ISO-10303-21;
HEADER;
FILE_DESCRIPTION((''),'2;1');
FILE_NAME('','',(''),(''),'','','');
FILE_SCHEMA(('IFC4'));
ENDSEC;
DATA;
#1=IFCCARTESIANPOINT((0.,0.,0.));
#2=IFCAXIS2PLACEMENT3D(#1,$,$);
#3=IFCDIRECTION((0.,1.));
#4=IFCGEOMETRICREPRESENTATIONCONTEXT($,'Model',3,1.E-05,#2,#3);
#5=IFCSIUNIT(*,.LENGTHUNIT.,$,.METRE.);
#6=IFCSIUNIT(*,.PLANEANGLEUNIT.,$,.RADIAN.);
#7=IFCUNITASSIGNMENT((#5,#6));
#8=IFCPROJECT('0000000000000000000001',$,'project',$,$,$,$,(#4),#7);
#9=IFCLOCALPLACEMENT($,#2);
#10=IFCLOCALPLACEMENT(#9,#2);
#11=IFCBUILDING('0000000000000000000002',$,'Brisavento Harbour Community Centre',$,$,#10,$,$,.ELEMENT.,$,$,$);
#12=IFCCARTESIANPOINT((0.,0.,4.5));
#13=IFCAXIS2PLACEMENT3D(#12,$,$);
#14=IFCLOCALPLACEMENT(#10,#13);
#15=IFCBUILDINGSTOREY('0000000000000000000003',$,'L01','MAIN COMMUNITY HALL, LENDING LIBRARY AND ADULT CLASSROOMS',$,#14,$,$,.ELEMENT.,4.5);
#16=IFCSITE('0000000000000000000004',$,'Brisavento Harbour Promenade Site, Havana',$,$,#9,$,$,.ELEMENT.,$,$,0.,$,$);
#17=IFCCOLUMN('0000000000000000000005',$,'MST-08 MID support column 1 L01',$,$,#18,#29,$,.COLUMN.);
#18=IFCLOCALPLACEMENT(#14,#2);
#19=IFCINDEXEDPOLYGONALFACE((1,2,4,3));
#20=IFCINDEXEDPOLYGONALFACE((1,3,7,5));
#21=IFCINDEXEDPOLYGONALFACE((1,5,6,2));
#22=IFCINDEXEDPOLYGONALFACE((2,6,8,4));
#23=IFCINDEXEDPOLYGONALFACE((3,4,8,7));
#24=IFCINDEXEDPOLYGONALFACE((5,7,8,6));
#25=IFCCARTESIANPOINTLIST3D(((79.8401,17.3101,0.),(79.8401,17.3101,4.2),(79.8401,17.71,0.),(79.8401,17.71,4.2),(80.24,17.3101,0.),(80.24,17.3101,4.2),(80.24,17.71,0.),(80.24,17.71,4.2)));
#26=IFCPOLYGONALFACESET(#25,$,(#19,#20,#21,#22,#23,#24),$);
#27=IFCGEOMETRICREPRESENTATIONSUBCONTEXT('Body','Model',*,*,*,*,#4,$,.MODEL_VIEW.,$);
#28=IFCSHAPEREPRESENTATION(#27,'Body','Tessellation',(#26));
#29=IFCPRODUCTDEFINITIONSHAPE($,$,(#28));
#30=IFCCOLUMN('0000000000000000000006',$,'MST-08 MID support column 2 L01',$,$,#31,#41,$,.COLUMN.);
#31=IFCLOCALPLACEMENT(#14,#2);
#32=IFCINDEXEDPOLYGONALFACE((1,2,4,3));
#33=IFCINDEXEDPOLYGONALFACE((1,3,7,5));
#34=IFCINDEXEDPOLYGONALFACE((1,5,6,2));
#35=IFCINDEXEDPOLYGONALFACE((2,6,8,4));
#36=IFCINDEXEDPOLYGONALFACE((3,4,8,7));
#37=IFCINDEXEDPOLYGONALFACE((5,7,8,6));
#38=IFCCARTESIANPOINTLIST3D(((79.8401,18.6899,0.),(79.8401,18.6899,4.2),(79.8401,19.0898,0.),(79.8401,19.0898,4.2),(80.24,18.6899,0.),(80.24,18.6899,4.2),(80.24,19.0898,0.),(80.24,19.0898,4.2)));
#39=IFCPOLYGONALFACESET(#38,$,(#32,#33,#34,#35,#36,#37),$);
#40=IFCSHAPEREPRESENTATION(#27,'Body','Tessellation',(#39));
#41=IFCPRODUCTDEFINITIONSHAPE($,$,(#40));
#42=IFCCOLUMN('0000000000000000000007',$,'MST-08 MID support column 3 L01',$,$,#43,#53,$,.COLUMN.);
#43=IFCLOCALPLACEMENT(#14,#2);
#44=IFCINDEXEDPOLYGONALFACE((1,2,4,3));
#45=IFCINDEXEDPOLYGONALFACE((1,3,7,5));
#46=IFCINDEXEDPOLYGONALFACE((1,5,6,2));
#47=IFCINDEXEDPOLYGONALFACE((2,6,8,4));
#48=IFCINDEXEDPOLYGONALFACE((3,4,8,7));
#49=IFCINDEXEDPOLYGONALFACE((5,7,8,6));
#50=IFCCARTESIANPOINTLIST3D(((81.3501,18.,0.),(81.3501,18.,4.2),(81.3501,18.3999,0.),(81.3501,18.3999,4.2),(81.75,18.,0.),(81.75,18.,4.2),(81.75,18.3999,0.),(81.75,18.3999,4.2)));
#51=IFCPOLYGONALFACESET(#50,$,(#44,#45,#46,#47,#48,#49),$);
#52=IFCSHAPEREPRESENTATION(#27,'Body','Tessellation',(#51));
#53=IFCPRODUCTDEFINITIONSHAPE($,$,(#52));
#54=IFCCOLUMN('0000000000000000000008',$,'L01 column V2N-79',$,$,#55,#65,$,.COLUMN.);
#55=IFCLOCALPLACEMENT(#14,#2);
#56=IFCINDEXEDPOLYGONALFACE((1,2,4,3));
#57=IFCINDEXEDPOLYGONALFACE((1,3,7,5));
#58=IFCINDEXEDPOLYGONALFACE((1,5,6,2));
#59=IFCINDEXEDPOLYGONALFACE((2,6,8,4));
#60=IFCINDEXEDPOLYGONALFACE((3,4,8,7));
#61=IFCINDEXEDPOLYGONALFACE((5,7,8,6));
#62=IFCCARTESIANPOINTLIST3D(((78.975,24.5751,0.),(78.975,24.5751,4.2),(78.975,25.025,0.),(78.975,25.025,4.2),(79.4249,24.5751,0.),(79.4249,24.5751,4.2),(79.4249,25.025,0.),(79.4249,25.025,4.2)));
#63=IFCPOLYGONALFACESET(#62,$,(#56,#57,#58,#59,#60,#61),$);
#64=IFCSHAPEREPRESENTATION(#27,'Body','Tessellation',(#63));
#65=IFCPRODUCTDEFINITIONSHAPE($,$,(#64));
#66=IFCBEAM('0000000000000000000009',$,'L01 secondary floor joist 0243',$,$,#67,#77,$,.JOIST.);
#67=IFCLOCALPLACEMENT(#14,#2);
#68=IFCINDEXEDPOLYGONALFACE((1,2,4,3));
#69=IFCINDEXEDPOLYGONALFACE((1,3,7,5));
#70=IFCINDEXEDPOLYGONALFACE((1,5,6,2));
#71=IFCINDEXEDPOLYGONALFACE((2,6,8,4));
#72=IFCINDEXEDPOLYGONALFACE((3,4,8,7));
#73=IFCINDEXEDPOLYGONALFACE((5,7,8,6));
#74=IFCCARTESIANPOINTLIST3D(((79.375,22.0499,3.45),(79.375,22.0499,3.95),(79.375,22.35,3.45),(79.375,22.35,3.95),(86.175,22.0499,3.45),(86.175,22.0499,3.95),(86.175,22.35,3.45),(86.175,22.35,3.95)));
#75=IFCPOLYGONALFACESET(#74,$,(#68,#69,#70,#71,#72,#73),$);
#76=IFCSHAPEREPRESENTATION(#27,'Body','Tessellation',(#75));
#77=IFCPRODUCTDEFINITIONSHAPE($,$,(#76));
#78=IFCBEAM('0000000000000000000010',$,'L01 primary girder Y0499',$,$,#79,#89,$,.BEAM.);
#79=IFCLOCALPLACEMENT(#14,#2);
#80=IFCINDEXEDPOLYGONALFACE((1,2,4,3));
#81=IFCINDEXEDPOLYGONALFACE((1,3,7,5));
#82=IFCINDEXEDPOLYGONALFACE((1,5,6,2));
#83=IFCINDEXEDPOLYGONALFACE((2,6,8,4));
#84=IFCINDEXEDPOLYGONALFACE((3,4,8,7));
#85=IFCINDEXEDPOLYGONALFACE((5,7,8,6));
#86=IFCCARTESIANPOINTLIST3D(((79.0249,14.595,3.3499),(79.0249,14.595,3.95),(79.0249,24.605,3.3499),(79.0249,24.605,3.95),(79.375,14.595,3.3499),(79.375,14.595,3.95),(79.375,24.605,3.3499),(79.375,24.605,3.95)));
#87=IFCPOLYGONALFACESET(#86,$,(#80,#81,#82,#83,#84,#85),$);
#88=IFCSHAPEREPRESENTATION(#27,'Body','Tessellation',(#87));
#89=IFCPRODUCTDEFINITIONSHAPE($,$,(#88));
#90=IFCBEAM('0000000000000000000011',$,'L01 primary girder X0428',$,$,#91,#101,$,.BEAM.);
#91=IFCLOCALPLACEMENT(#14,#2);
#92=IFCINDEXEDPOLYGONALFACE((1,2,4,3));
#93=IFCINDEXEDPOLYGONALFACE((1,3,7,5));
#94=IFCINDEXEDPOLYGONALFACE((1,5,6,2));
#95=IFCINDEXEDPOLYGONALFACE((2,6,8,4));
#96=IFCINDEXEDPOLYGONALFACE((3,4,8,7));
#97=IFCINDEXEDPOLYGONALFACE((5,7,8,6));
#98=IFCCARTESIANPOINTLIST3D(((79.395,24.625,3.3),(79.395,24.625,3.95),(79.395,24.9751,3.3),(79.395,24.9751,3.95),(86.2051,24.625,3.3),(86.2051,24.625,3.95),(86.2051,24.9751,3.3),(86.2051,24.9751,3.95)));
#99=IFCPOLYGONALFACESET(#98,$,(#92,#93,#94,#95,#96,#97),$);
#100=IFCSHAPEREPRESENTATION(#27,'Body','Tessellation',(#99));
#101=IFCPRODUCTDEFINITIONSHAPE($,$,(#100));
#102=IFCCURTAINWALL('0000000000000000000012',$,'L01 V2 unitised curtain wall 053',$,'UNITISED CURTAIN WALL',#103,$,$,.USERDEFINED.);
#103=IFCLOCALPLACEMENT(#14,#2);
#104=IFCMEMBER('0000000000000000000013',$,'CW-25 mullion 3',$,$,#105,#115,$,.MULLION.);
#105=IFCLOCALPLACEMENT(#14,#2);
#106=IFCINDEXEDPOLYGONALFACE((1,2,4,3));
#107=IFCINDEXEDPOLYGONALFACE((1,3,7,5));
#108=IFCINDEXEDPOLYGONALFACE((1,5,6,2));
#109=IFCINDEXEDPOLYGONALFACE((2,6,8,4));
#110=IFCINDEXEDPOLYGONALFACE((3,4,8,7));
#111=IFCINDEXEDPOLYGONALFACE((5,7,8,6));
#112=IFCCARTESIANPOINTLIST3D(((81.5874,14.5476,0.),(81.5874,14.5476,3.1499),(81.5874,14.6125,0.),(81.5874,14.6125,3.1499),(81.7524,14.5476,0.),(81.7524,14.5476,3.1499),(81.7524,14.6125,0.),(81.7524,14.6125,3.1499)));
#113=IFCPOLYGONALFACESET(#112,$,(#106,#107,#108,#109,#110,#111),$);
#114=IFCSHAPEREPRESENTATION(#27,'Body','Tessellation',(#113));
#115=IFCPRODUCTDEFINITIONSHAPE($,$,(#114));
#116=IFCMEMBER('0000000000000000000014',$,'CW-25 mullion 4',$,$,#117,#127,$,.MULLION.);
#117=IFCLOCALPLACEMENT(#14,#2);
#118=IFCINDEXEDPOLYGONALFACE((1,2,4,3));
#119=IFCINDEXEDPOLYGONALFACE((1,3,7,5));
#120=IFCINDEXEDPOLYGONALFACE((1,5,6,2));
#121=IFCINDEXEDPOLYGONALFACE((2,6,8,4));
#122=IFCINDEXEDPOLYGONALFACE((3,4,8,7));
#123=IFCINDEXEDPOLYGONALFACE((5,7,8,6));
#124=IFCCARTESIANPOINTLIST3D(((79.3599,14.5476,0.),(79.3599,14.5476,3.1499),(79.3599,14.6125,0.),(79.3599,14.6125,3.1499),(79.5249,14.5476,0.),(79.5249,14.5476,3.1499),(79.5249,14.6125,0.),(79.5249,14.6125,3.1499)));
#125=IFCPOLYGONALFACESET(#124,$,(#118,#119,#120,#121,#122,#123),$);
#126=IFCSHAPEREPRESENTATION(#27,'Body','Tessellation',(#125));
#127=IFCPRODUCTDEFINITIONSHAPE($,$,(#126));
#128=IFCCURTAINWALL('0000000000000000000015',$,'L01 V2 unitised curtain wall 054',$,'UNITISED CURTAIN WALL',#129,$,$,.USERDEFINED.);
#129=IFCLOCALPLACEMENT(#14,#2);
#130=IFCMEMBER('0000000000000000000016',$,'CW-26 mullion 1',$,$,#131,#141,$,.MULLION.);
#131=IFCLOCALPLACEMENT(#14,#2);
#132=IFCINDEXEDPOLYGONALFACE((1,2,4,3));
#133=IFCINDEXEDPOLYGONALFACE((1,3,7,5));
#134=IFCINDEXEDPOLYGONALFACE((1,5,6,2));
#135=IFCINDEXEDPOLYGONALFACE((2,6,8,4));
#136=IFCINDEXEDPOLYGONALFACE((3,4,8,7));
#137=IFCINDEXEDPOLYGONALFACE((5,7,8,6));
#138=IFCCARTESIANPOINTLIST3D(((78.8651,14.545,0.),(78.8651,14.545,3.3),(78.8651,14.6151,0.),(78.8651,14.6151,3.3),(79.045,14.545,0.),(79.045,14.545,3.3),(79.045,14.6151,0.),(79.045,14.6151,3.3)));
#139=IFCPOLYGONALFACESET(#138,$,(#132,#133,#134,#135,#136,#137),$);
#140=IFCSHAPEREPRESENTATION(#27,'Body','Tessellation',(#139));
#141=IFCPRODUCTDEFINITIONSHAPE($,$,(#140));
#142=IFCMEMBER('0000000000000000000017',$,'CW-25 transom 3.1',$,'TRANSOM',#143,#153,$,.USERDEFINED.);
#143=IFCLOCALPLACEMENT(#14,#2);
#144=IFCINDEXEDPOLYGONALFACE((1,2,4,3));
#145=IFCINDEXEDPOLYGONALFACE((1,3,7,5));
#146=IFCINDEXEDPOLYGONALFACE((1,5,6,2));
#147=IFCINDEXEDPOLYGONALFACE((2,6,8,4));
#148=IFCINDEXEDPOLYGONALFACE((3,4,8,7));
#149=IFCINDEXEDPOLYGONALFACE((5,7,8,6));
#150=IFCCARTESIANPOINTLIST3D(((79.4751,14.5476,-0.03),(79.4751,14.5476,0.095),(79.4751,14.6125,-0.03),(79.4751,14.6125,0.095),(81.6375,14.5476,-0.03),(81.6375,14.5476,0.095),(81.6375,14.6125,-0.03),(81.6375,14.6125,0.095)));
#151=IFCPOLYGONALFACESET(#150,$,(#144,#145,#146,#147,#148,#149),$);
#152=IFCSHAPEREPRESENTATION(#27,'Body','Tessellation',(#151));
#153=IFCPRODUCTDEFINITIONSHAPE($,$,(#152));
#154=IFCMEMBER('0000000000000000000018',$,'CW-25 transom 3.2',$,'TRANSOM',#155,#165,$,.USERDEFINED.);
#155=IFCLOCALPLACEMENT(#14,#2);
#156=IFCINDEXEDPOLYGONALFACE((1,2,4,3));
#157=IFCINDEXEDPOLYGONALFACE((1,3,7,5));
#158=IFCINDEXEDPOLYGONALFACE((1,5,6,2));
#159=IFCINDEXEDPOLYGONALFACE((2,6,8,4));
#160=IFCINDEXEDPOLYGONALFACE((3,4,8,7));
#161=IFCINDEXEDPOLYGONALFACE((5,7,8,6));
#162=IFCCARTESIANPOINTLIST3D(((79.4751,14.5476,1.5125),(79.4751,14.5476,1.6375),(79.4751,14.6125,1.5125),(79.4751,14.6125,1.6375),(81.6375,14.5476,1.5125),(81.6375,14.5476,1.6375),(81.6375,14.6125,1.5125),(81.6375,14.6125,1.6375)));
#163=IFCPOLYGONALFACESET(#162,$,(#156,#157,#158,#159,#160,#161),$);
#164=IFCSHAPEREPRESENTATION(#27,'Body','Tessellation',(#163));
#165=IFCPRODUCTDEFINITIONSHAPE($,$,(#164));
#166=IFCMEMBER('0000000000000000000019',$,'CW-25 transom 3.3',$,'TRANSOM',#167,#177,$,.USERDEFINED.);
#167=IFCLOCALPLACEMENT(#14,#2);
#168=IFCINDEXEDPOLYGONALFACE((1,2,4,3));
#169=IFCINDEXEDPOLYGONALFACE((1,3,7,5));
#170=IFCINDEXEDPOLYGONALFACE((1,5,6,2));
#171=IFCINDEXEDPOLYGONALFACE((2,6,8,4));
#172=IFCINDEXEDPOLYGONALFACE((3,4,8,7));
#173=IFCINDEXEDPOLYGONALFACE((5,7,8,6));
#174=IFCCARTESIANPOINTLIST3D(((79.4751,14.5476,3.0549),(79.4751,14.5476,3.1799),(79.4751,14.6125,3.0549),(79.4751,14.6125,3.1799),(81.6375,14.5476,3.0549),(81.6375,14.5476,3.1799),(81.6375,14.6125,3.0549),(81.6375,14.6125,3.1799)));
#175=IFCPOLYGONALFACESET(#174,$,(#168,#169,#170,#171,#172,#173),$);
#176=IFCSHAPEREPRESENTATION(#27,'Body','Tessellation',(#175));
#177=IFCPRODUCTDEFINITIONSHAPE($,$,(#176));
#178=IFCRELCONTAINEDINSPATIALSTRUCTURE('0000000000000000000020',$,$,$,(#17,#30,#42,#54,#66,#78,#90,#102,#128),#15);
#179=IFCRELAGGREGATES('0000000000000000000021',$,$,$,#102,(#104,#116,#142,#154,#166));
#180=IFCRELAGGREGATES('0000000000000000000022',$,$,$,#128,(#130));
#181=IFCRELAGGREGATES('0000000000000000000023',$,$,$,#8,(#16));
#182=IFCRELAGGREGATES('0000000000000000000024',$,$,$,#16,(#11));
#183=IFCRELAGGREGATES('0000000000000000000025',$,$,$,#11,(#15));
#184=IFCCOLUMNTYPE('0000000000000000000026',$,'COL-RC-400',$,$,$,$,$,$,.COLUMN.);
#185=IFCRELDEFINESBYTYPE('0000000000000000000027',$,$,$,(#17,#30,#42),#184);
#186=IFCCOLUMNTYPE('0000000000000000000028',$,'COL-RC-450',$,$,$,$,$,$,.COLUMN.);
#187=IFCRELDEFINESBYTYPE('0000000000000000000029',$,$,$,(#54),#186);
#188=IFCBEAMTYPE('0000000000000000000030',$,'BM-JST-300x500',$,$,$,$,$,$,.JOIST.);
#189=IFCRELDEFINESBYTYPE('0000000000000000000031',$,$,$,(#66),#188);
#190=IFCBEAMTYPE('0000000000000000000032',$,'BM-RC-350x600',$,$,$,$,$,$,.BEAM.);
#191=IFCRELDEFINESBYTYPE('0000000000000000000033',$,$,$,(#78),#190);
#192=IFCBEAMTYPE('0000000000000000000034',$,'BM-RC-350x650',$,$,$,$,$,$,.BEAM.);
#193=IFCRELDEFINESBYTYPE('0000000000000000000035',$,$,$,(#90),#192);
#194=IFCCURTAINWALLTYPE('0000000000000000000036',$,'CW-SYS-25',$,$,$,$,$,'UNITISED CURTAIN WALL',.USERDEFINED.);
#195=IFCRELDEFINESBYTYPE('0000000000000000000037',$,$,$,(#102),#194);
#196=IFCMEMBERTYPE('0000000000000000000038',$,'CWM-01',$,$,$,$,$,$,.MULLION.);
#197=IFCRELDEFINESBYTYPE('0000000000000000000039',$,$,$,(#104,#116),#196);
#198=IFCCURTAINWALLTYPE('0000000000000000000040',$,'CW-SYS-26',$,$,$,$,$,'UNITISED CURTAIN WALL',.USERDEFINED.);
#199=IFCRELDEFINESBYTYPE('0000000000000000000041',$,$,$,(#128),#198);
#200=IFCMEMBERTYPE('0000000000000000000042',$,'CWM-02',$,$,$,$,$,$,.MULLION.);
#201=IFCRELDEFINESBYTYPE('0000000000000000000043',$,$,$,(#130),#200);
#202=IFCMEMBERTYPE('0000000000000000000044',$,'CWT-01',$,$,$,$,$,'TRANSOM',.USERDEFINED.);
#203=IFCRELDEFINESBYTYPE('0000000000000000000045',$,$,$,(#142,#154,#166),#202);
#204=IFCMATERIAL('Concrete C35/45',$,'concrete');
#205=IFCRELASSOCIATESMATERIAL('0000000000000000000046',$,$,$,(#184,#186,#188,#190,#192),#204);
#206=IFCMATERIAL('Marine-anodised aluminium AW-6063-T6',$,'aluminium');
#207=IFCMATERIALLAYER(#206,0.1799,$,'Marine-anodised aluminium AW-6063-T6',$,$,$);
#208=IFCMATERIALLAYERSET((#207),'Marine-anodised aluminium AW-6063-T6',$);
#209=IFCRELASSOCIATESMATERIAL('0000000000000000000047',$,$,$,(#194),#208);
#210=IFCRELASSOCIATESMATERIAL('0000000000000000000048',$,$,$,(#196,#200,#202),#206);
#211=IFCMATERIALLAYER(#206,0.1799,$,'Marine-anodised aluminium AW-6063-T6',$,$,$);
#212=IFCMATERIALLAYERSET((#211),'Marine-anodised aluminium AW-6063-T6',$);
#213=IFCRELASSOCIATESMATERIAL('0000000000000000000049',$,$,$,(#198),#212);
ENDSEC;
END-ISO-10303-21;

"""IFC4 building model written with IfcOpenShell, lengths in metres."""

from ifc_helpers import new_model, si_unit, direction, frame, origin, origin_2d, place, context, subcontext, project, spatial, rectangle, extrude, material, layer, layer_set, material_profile, profile_set, type_object, element, aggregate, save


model = new_model("IFC4")

# Units and contexts
model_context = context("Model", 3, precision=1e-05, world=origin(), true_north=direction((0.0, 1.0)))
body_context = subcontext(model_context, "Body", "Model", "MODEL_VIEW")
ifc_project = project(units=[si_unit("LENGTHUNIT", "METRE"), si_unit("PLANEANGLEUNIT", "RADIAN")], contexts=[model_context])

# Site, building, storey
site_placement = place(None, origin())
site = spatial("IfcSite", under=ifc_project, at=site_placement, Name="Brisavento Harbour Promenade Site, Havana", CompositionType="ELEMENT", RefElevation=0.0)
building_placement = place(site_placement, origin())
building = spatial("IfcBuilding", under=site, at=building_placement, Name="Brisavento Harbour Community Centre", CompositionType="ELEMENT")
storey_placement = place(building_placement, frame((0.0, 0.0, 4.5)))
storey = spatial("IfcBuildingStorey", under=building, at=storey_placement, Name="L01", Description="MAIN COMMUNITY HALL, LENDING LIBRARY AND ADULT CLASSROOMS", CompositionType="ELEMENT", Elevation=4.5)

# Columns
ifc_material_1 = material(Name="Concrete C35/45", Category="concrete")
ifc_material_profile_1 = material_profile(ifc_material_1, rectangle(XDim=0.3999, YDim=0.3999, at=origin_2d()), Name="Concrete C35/45")
ifc_profile_set_1 = profile_set([ifc_material_profile_1], Name="Concrete C35/45")
column_type_1 = type_object("IfcColumnType", Name="COL-RC-400", PredefinedType="COLUMN", material=ifc_profile_set_1)
for number, where, z_axis, x_axis, name in (
    (1, (80.04, 17.51, 0.0), (0.0, 0.0, 1.0), (1.0, 0.0, 0.0), "MST-08 MID support column 1 L01"),
    (2, (80.04, 18.8899, 0.0), (0.0, 0.0, 1.0), (1.0, 0.0, 0.0), "MST-08 MID support column 2 L01"),
    (3, (81.55, 18.2, 0.0), (0.0, 0.0, 1.0), (1.0, 0.0, 0.0), "MST-08 MID support column 3 L01"),
):
    element("IfcColumn", number, at=place(storey_placement, frame(where, z_axis=z_axis, x_axis=x_axis)), inside=storey, type_object=column_type_1, Name=name, PredefinedType="COLUMN", context=body_context, shape_type="SweptSolid", body=[
        extrude(rectangle(XDim=0.3999, YDim=0.3999, at=origin_2d()), origin(), (0.0, 0.0, 1.0), 4.2),
    ])
ifc_material_profile_2 = material_profile(ifc_material_1, rectangle(XDim=0.45, YDim=0.45, at=origin_2d()), Name="Concrete C35/45")
ifc_profile_set_2 = profile_set([ifc_material_profile_2], Name="Concrete C35/45")
column_type_2 = type_object("IfcColumnType", Name="COL-RC-450", PredefinedType="COLUMN", material=ifc_profile_set_2)
column_placement = place(storey_placement, frame((79.2, 24.8, 0.0), z_axis=(0.0, 0.0, 1.0), x_axis=(1.0, 0.0, 0.0)))
element("IfcColumn", 4, at=column_placement, inside=storey, type_object=column_type_2, Name="L01 column V2N-79", PredefinedType="COLUMN", context=body_context, shape_type="SweptSolid", body=[
    extrude(rectangle(XDim=0.45, YDim=0.45, at=origin_2d()), origin(), (0.0, 0.0, 1.0), 4.2),
])

# Beams
ifc_material_profile_3 = material_profile(ifc_material_1, rectangle(XDim=0.3, YDim=0.5, at=origin_2d()), Name="Concrete C35/45")
ifc_profile_set_3 = profile_set([ifc_material_profile_3], Name="Concrete C35/45")
beam_type_1 = type_object("IfcBeamType", Name="BM-JST-300x500", PredefinedType="JOIST", material=ifc_profile_set_3)
beam_1_placement = place(storey_placement, frame((79.375, 22.2, 3.7), z_axis=(1.0, 0.0, 0.0), x_axis=(0.0, 1.0, 0.0)))
element("IfcBeam", 5, at=beam_1_placement, inside=storey, type_object=beam_type_1, Name="L01 secondary floor joist 0243", PredefinedType="JOIST", context=body_context, shape_type="SweptSolid", body=[
    extrude(rectangle(XDim=0.3, YDim=0.5, at=origin_2d()), origin(), (0.0, 0.0, 1.0), 6.8),
])
ifc_material_profile_4 = material_profile(ifc_material_1, rectangle(XDim=0.3501, YDim=0.6001, at=origin_2d()), Name="Concrete C35/45")
ifc_profile_set_4 = profile_set([ifc_material_profile_4], Name="Concrete C35/45")
beam_type_2 = type_object("IfcBeamType", Name="BM-RC-350x600", PredefinedType="BEAM", material=ifc_profile_set_4)
beam_2_placement = place(storey_placement, frame((79.2, 14.595, 3.6499), z_axis=(0.0, 1.0, 0.0), x_axis=(-1.0, 0.0, 0.0)))
element("IfcBeam", 6, at=beam_2_placement, inside=storey, type_object=beam_type_2, Name="L01 primary girder Y0499", PredefinedType="BEAM", context=body_context, shape_type="SweptSolid", body=[
    extrude(rectangle(XDim=0.3501, YDim=0.6001, at=origin_2d()), origin(), (0.0, 0.0, 1.0), 10.01),
])
ifc_material_profile_5 = material_profile(ifc_material_1, rectangle(XDim=0.3501, YDim=0.6499, at=origin_2d()), Name="Concrete C35/45")
ifc_profile_set_5 = profile_set([ifc_material_profile_5], Name="Concrete C35/45")
beam_type_3 = type_object("IfcBeamType", Name="BM-RC-350x650", PredefinedType="BEAM", material=ifc_profile_set_5)
beam_3_placement = place(storey_placement, frame((79.395, 24.8, 3.625), z_axis=(1.0, 0.0, 0.0), x_axis=(0.0, 1.0, 0.0)))
element("IfcBeam", 7, at=beam_3_placement, inside=storey, type_object=beam_type_3, Name="L01 primary girder X0428", PredefinedType="BEAM", context=body_context, shape_type="SweptSolid", body=[
    extrude(rectangle(XDim=0.3501, YDim=0.6499, at=origin_2d()), origin(), (0.0, 0.0, 1.0), 6.8101),
])

# Curtain wall, members
ifc_material_2 = material(Name="Marine-anodised aluminium AW-6063-T6", Category="aluminium")
ifc_layer_1 = layer(ifc_material_2, 0.1799, Name="Marine-anodised aluminium AW-6063-T6")
ifc_layer_set_1 = layer_set([ifc_layer_1], Name="Marine-anodised aluminium AW-6063-T6")
curtain_wall_type_1 = type_object("IfcCurtainWallType", Name="CW-SYS-25", ElementType="UNITISED CURTAIN WALL", PredefinedType="USERDEFINED", material=ifc_layer_set_1)
curtain_wall_1_placement = place(storey_placement, origin())
curtain_wall_1 = element("IfcCurtainWall", 8, at=curtain_wall_1_placement, inside=storey, type_object=curtain_wall_type_1, Name="L01 V2 unitised curtain wall 053", ObjectType="UNITISED CURTAIN WALL", PredefinedType="USERDEFINED")
ifc_material_profile_6 = material_profile(ifc_material_2, rectangle(XDim=0.0649, YDim=0.165, at=origin_2d()), Name="Marine-anodised aluminium AW-6063-T6")
ifc_profile_set_6 = profile_set([ifc_material_profile_6], Name="Marine-anodised aluminium AW-6063-T6")
member_type_1 = type_object("IfcMemberType", Name="CWM-01", PredefinedType="MULLION", material=ifc_profile_set_6)
member_1_placement = place(storey_placement, frame((81.6699, 14.5801, 0.0), z_axis=(0.0, 0.0, 1.0), x_axis=(0.0, -1.0, 0.0)))
member_1 = element("IfcMember", 9, at=member_1_placement, type_object=member_type_1, Name="CW-25 mullion 3", PredefinedType="MULLION", context=body_context, shape_type="SweptSolid", body=[
    extrude(rectangle(XDim=0.0649, YDim=0.165, at=origin_2d()), origin(), (0.0, 0.0, 1.0), 3.1499),
])
member_2_placement = place(storey_placement, frame((79.4424, 14.5801, 0.0), z_axis=(0.0, 0.0, 1.0), x_axis=(0.0, -1.0, 0.0)))
member_2 = element("IfcMember", 10, at=member_2_placement, type_object=member_type_1, Name="CW-25 mullion 4", PredefinedType="MULLION", context=body_context, shape_type="SweptSolid", body=[
    extrude(rectangle(XDim=0.0649, YDim=0.165, at=origin_2d()), origin(), (0.0, 0.0, 1.0), 3.1499),
])

# Curtain wall, member
ifc_layer_2 = layer(ifc_material_2, 0.1799, Name="Marine-anodised aluminium AW-6063-T6")
ifc_layer_set_2 = layer_set([ifc_layer_2], Name="Marine-anodised aluminium AW-6063-T6")
curtain_wall_type_2 = type_object("IfcCurtainWallType", Name="CW-SYS-26", ElementType="UNITISED CURTAIN WALL", PredefinedType="USERDEFINED", material=ifc_layer_set_2)
curtain_wall_2_placement = place(storey_placement, origin())
curtain_wall_2 = element("IfcCurtainWall", 11, at=curtain_wall_2_placement, inside=storey, type_object=curtain_wall_type_2, Name="L01 V2 unitised curtain wall 054", ObjectType="UNITISED CURTAIN WALL", PredefinedType="USERDEFINED")
ifc_material_profile_7 = material_profile(ifc_material_2, rectangle(XDim=0.0701, YDim=0.1799, at=origin_2d()), Name="Marine-anodised aluminium AW-6063-T6")
ifc_profile_set_7 = profile_set([ifc_material_profile_7], Name="Marine-anodised aluminium AW-6063-T6")
member_type_2 = type_object("IfcMemberType", Name="CWM-02", PredefinedType="MULLION", material=ifc_profile_set_7)
member_3_placement = place(storey_placement, frame((78.9551, 14.5801, 0.0), z_axis=(0.0, 0.0, 1.0), x_axis=(0.0, -1.0, 0.0)))
member_3 = element("IfcMember", 12, at=member_3_placement, type_object=member_type_2, Name="CW-26 mullion 1", PredefinedType="MULLION", context=body_context, shape_type="SweptSolid", body=[
    extrude(rectangle(XDim=0.0701, YDim=0.1799, at=origin_2d()), origin(), (0.0, 0.0, 1.0), 3.3),
])

# Members
ifc_material_profile_8 = material_profile(ifc_material_2, rectangle(XDim=0.0649, YDim=0.125, at=origin_2d()), Name="Marine-anodised aluminium AW-6063-T6")
ifc_profile_set_8 = profile_set([ifc_material_profile_8], Name="Marine-anodised aluminium AW-6063-T6")
member_type_3 = type_object("IfcMemberType", Name="CWT-01", ElementType="TRANSOM", PredefinedType="USERDEFINED", material=ifc_profile_set_8)
member_4_placement = place(storey_placement, frame((81.6375, 14.5801, 0.0325), z_axis=(-1.0, 0.0, 0.0), x_axis=(0.0, -1.0, 0.0)))
member_4 = element("IfcMember", 13, at=member_4_placement, type_object=member_type_3, Name="CW-25 transom 3.1", ObjectType="TRANSOM", PredefinedType="USERDEFINED", context=body_context, shape_type="SweptSolid", body=[
    extrude(rectangle(XDim=0.0649, YDim=0.125, at=origin_2d()), origin(), (0.0, 0.0, 1.0), 2.1624),
])
member_5_placement = place(storey_placement, frame((81.6375, 14.5801, 1.575), z_axis=(-1.0, 0.0, 0.0), x_axis=(0.0, -1.0, 0.0)))
member_5 = element("IfcMember", 14, at=member_5_placement, type_object=member_type_3, Name="CW-25 transom 3.2", ObjectType="TRANSOM", PredefinedType="USERDEFINED", context=body_context, shape_type="SweptSolid", body=[
    extrude(rectangle(XDim=0.0649, YDim=0.125, at=origin_2d()), origin(), (0.0, 0.0, 1.0), 2.1624),
])
member_6_placement = place(storey_placement, frame((81.6375, 14.5801, 3.1174), z_axis=(-1.0, 0.0, 0.0), x_axis=(0.0, -1.0, 0.0)))
member_6 = element("IfcMember", 15, at=member_6_placement, type_object=member_type_3, Name="CW-25 transom 3.3", ObjectType="TRANSOM", PredefinedType="USERDEFINED", context=body_context, shape_type="SweptSolid", body=[
    extrude(rectangle(XDim=0.0649, YDim=0.125, at=origin_2d()), origin(), (0.0, 0.0, 1.0), 2.1624),
])

aggregate(curtain_wall_1, [member_1, member_2, member_4, member_5, member_6])
aggregate(curtain_wall_2, [member_3])

save(model, "model.ifc")
